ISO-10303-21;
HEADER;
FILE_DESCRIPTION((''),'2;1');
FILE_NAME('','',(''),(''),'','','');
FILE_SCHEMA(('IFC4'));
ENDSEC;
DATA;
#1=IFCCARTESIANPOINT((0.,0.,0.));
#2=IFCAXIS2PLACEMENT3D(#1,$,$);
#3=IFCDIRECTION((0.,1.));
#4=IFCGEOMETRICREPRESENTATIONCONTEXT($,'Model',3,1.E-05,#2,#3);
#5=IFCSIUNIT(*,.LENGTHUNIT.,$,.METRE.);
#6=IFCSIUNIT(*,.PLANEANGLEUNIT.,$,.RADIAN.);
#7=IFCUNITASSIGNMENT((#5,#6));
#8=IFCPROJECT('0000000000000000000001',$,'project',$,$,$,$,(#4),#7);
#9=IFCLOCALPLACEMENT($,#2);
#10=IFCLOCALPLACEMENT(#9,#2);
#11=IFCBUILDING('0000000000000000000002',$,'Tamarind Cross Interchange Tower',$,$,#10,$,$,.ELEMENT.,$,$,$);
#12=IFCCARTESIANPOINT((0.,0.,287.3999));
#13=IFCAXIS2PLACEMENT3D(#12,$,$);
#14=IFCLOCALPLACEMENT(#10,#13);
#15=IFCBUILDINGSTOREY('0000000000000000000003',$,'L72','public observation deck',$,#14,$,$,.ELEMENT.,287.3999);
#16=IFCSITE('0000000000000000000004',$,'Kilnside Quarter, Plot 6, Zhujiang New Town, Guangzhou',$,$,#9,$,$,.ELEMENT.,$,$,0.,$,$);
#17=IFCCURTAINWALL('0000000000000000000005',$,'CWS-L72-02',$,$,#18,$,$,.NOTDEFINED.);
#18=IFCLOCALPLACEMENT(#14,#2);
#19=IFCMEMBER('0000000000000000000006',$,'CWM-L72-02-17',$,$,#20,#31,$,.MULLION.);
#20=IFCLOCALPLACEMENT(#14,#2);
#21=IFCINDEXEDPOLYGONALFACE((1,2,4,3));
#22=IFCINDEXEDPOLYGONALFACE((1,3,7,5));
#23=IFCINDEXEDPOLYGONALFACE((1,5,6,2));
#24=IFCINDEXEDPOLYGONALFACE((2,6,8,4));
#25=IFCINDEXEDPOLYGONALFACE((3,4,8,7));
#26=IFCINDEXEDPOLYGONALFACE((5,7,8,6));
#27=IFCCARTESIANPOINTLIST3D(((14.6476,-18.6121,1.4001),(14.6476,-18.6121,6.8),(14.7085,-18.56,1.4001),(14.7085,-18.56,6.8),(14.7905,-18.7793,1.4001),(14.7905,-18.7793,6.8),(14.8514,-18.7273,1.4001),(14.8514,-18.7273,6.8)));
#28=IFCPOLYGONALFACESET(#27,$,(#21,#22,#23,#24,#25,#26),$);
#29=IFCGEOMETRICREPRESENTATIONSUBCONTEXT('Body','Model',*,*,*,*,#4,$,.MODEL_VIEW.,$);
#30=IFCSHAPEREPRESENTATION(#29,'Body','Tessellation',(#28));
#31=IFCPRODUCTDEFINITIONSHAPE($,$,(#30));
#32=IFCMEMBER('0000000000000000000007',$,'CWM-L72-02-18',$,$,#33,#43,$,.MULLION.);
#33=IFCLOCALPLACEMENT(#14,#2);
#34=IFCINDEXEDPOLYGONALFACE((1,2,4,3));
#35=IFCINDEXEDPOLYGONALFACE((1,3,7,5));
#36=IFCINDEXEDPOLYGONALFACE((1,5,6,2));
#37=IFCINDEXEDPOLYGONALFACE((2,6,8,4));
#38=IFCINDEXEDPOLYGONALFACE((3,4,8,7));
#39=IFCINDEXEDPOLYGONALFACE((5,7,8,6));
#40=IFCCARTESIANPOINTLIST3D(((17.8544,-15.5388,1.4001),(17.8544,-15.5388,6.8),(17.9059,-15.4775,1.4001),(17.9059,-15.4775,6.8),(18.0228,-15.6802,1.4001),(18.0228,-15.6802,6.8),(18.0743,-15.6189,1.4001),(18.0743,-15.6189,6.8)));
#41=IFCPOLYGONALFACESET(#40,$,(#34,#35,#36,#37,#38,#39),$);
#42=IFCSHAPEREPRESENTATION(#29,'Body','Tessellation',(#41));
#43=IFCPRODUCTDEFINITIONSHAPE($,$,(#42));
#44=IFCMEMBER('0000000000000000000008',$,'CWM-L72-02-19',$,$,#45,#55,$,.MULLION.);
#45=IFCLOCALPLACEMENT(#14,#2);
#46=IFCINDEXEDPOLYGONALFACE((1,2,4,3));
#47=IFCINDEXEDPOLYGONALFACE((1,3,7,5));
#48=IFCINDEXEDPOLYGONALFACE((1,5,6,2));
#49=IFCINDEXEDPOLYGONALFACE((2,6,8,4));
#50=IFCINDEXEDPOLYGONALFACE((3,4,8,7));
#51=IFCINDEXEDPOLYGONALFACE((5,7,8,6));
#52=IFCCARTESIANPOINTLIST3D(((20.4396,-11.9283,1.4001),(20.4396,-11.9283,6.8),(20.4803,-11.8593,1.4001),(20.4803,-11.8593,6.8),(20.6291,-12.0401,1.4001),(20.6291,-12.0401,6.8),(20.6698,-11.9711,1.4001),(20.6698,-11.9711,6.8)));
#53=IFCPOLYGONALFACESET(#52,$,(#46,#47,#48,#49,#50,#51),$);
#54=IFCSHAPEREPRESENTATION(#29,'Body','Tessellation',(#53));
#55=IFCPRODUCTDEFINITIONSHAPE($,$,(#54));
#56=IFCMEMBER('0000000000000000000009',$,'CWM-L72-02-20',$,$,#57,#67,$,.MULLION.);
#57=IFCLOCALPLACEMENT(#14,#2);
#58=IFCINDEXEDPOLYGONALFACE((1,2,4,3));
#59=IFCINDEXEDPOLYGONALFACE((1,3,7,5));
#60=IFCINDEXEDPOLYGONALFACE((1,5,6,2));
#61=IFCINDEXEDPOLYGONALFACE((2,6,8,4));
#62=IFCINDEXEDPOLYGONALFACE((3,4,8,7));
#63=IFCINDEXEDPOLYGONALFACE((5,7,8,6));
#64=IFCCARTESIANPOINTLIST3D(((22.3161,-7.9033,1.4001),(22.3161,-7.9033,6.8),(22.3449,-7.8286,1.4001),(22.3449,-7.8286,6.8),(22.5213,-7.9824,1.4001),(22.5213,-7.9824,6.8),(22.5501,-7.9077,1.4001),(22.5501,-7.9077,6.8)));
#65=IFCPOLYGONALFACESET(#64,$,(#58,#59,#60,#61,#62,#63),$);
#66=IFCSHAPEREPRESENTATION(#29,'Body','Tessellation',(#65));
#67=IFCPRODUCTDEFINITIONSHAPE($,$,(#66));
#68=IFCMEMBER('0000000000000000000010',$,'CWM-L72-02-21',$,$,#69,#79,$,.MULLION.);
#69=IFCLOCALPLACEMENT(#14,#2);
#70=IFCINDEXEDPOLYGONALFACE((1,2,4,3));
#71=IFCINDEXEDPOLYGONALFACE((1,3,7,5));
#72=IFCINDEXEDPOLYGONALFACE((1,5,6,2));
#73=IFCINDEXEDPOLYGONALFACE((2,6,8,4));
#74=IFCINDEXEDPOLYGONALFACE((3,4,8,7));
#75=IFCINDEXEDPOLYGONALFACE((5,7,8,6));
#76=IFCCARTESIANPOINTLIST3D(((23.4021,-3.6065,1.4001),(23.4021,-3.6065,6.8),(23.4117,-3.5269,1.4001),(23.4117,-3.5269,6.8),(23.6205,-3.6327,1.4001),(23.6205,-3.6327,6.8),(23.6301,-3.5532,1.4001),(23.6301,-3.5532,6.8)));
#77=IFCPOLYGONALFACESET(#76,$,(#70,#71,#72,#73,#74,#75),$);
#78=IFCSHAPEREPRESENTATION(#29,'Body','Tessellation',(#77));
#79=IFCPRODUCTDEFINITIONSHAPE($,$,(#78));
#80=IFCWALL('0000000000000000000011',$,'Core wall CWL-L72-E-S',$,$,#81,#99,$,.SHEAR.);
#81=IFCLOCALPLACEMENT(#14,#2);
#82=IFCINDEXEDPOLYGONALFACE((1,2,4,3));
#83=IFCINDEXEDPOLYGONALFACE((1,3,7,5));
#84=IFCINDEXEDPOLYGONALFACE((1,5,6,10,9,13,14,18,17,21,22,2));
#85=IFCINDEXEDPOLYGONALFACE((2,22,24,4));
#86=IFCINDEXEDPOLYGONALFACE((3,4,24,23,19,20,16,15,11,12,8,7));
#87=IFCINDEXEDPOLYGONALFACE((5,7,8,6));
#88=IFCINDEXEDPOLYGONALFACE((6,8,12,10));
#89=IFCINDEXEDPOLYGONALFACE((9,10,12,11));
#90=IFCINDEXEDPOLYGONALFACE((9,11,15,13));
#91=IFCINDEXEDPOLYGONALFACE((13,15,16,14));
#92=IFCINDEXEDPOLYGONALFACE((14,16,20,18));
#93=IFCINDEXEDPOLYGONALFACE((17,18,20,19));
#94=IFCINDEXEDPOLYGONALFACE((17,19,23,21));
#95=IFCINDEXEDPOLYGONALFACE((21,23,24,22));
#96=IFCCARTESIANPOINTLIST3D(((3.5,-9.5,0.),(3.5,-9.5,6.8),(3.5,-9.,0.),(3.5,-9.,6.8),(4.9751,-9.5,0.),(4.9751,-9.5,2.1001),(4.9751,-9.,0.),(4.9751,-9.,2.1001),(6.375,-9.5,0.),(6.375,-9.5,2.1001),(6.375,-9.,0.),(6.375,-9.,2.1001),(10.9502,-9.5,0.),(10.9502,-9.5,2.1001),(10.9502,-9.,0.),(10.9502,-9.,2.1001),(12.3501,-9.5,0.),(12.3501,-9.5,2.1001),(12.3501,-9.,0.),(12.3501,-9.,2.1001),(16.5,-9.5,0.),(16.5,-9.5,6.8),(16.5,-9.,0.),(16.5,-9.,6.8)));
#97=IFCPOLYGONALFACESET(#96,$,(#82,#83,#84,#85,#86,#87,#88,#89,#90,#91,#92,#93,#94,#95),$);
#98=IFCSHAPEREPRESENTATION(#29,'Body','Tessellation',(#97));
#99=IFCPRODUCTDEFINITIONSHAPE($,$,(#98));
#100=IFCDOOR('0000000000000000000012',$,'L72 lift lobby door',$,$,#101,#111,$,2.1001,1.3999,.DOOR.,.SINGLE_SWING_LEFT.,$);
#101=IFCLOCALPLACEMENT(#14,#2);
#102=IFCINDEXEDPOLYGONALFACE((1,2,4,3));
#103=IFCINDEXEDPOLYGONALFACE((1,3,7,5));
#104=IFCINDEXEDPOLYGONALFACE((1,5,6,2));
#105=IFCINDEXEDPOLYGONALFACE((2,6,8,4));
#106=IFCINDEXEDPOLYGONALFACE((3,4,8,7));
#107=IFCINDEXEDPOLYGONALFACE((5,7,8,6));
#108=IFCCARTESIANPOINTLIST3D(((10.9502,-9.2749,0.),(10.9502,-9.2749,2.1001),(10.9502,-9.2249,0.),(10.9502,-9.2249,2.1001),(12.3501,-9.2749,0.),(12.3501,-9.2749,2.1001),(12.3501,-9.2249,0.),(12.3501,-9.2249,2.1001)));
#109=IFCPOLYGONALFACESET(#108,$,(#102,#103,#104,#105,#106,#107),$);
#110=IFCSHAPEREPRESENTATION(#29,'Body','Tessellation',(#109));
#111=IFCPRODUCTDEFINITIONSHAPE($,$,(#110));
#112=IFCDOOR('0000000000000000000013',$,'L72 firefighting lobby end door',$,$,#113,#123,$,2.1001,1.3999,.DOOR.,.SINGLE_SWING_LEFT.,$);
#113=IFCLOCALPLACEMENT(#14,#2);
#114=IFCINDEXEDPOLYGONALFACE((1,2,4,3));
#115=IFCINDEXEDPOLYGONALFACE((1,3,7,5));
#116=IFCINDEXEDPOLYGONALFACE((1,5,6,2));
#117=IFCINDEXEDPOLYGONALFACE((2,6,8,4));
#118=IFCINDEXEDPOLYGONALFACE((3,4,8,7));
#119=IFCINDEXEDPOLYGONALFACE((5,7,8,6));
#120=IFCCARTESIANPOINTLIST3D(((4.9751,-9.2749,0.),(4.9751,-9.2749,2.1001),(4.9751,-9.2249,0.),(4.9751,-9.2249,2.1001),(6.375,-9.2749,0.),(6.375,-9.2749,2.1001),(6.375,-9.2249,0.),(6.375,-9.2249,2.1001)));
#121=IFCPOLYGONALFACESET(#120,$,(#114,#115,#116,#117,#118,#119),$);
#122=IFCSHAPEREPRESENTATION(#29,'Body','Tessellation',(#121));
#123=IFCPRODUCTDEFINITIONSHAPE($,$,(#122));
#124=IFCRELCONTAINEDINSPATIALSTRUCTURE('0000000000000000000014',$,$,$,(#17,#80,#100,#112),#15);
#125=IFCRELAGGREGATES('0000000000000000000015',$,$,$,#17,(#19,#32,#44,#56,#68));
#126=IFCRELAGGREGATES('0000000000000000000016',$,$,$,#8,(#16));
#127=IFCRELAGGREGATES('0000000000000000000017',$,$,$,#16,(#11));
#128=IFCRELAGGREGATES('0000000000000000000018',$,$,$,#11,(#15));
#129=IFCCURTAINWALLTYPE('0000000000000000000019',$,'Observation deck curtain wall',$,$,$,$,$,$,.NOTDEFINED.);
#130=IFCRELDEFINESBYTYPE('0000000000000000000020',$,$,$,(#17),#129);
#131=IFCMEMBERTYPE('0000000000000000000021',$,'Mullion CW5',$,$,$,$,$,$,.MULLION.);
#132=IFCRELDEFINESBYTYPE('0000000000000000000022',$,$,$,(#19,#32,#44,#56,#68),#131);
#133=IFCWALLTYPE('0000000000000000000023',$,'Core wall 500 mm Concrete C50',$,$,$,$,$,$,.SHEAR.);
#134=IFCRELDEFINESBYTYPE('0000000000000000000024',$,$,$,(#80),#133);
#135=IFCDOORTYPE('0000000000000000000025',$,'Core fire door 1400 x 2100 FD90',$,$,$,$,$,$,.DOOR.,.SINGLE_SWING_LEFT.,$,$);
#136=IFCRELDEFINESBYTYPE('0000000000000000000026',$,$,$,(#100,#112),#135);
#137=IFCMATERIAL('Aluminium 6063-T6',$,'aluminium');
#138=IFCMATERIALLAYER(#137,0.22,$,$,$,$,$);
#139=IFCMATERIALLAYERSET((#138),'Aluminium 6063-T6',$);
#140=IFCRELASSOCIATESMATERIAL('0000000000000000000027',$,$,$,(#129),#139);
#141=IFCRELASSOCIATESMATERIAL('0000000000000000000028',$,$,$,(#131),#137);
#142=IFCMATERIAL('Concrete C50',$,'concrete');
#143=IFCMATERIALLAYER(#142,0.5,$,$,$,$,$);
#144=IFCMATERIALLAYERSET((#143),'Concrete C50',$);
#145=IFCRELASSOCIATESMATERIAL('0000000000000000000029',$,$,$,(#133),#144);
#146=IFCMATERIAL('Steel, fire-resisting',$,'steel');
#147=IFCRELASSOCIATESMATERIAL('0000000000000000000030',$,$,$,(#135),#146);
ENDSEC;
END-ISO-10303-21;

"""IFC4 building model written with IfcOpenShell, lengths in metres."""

from ifc_helpers import new_model, si_unit, direction, frame, frame_2d, origin, origin_2d, place, context, subcontext, project, spatial, rectangle, extrude, material, layer, layer_set, material_profile, profile_set, type_object, element, fill, aggregate, save


model = new_model("IFC4")

# Units and contexts
model_context = context("Model", 3, precision=1e-05, world=origin(), true_north=direction((0.0, 1.0)))
body_context = subcontext(model_context, "Body", "Model", "MODEL_VIEW")
ifc_project = project(units=[si_unit("LENGTHUNIT", "METRE"), si_unit("PLANEANGLEUNIT", "RADIAN")], contexts=[model_context])

# Site, building, storey
site_placement = place(None, origin())
site = spatial("IfcSite", under=ifc_project, at=site_placement, Name="Kilnside Quarter, Plot 6, Zhujiang New Town, Guangzhou", CompositionType="ELEMENT", RefElevation=0.0)
building_placement = place(site_placement, origin())
building = spatial("IfcBuilding", under=site, at=building_placement, Name="Tamarind Cross Interchange Tower", CompositionType="ELEMENT")
storey_placement = place(building_placement, frame((0.0, 0.0, 287.3999)))
storey = spatial("IfcBuildingStorey", under=building, at=storey_placement, Name="L72", Description="public observation deck", CompositionType="ELEMENT", Elevation=287.3999)

# Curtain wall, members
ifc_material_1 = material(Name="Aluminium 6063-T6", Category="aluminium")
ifc_layer_1 = layer(ifc_material_1, 0.22)
ifc_layer_set_1 = layer_set([ifc_layer_1], Name="Aluminium 6063-T6")
curtain_wall_type = type_object("IfcCurtainWallType", Name="Observation deck curtain wall", PredefinedType="NOTDEFINED", material=ifc_layer_set_1)
curtain_wall_placement = place(storey_placement, origin())
curtain_wall = element("IfcCurtainWall", 1, at=curtain_wall_placement, inside=storey, type_object=curtain_wall_type, Name="CWS-L72-02", PredefinedType="NOTDEFINED")
ifc_material_profile_1 = material_profile(ifc_material_1, rectangle(XDim=0.0801, YDim=0.22, at=origin_2d()), Name="Mullion CW5")
ifc_profile_set_1 = profile_set([ifc_material_profile_1], Name="Aluminium 6063-T6")
member_type = type_object("IfcMemberType", Name="Mullion CW5", PredefinedType="MULLION", material=ifc_profile_set_1)
member_1_placement = place(storey_placement, frame((14.7495, -18.6697, 1.4001), z_axis=(0.0, 0.0, 1.0), x_axis=(0.760296, 0.649577, 0.0)))
member_1 = element("IfcMember", 2, at=member_1_placement, type_object=member_type, Name="CWM-L72-02-17", PredefinedType="MULLION", context=body_context, shape_type="SweptSolid", body=[
    extrude(rectangle(XDim=0.0801, YDim=0.22, at=origin_2d()), origin(), (0.0, 0.0, 1.0), 5.3999),
])
member_2_placement = place(storey_placement, frame((17.9644, -15.5789, 1.4001), z_axis=(0.0, 0.0, 1.0), x_axis=(0.643009, 0.765858, 0.0)))
member_2 = element("IfcMember", 3, at=member_2_placement, type_object=member_type, Name="CWM-L72-02-18", PredefinedType="MULLION", context=body_context, shape_type="SweptSolid", body=[
    extrude(rectangle(XDim=0.0801, YDim=0.22, at=origin_2d()), origin(), (0.0, 0.0, 1.0), 5.3999),
])
member_3_placement = place(storey_placement, frame((20.5547, -11.9497, 1.4001), z_axis=(0.0, 0.0, 1.0), x_axis=(0.508183, 0.861249, 0.0)))
member_3 = element("IfcMember", 4, at=member_3_placement, type_object=member_type, Name="CWM-L72-02-19", PredefinedType="MULLION", context=body_context, shape_type="SweptSolid", body=[
    extrude(rectangle(XDim=0.0801, YDim=0.22, at=origin_2d()), origin(), (0.0, 0.0, 1.0), 5.3999),
])
member_4_placement = place(storey_placement, frame((22.4331, -7.9055, 1.4001), z_axis=(0.0, 0.0, 1.0), x_axis=(0.359495, 0.933147, 0.0)))
member_4 = element("IfcMember", 5, at=member_4_placement, type_object=member_type, Name="CWM-L72-02-20", PredefinedType="MULLION", context=body_context, shape_type="SweptSolid", body=[
    extrude(rectangle(XDim=0.0801, YDim=0.22, at=origin_2d()), origin(), (0.0, 0.0, 1.0), 5.3999),
])
member_5_placement = place(storey_placement, frame((23.5161, -3.5798, 1.4001), z_axis=(0.0, 0.0, 1.0), x_axis=(0.119421, 0.992844, 0.0)))
member_5 = element("IfcMember", 6, at=member_5_placement, type_object=member_type, Name="CWM-L72-02-21", PredefinedType="MULLION", context=body_context, shape_type="SweptSolid", body=[
    extrude(rectangle(XDim=0.0801, YDim=0.22, at=origin_2d()), origin(), (0.0, 0.0, 1.0), 5.3999),
])
aggregate(curtain_wall, [member_1, member_2, member_3, member_4, member_5])

# Wall, openings, doors
ifc_material_2 = material(Name="Concrete C50", Category="concrete")
ifc_layer_2 = layer(ifc_material_2, 0.5)
ifc_layer_set_2 = layer_set([ifc_layer_2], Name="Concrete C50")
wall_type_1 = type_object("IfcWallType", Name="Core wall 500 mm Concrete C50", PredefinedType="SHEAR", material=ifc_layer_set_2)
wall_1_placement = place(storey_placement, frame((16.5, -9.25, 0.0), z_axis=(0.0, 0.0, 1.0), x_axis=(-1.0, 0.0, 0.0)))
wall_1 = element("IfcWall", 7, at=wall_1_placement, inside=storey, type_object=wall_type_1, Name="Core wall CWL-L72-E-S", PredefinedType="SHEAR", context=body_context, shape_type="SweptSolid", body=[
    extrude(rectangle(XDim=13.0, YDim=0.5, at=frame_2d((6.5, 0.0))), origin(), (0.0, 0.0, 1.0), 6.8),
])
opening_1_placement = place(wall_1_placement, frame((4.1499, 0.0, 0.0)))
opening_1 = element("IfcOpeningElement", 8, at=opening_1_placement, cuts=wall_1, PredefinedType="OPENING", context=body_context, shape_type="SweptSolid", body=[
    extrude(rectangle(XDim=1.3999, YDim=2.1001, at=frame_2d((0.7, 1.05))), frame((0.0, 0.26, 0.0), z_axis=(0.0, -1.0, 0.0), x_axis=(1.0, 0.0, 0.0)), (0.0, 0.0, 1.0), 0.52),
])
opening_2_placement = place(wall_1_placement, frame((10.125, 0.0, 0.0)))
opening_2 = element("IfcOpeningElement", 9, at=opening_2_placement, cuts=wall_1, PredefinedType="OPENING", context=body_context, shape_type="SweptSolid", body=[
    extrude(rectangle(XDim=1.3999, YDim=2.1001, at=frame_2d((0.7, 1.05))), frame((0.0, 0.26, 0.0), z_axis=(0.0, -1.0, 0.0), x_axis=(1.0, 0.0, 0.0)), (0.0, 0.0, 1.0), 0.52),
])
ifc_material_3 = material(Name="Steel, fire-resisting", Category="steel")
door_type_1 = type_object("IfcDoorType", Name="Core fire door 1400 x 2100 FD90", OperationType="SINGLE_SWING_LEFT", PredefinedType="DOOR", material=ifc_material_3)
door_1_placement = place(opening_1_placement, origin())
door_1 = element("IfcDoor", 10, at=door_1_placement, inside=storey, type_object=door_type_1, Name="L72 lift lobby door", OperationType="SINGLE_SWING_LEFT", OverallHeight=2.1001, OverallWidth=1.3999, PredefinedType="DOOR", context=body_context, shape_type="SweptSolid", body=[
    extrude(rectangle(XDim=1.3999, YDim=2.1001, at=frame_2d((0.7, 1.05))), frame((0.0, 0.0249, 0.0), z_axis=(0.0, -1.0, 0.0), x_axis=(1.0, 0.0, 0.0)), (0.0, 0.0, 1.0), 0.05),
])
fill(opening_1, door_1)
door_2_placement = place(opening_2_placement, origin())
door_2 = element("IfcDoor", 11, at=door_2_placement, inside=storey, type_object=door_type_1, Name="L72 firefighting lobby end door", OperationType="SINGLE_SWING_LEFT", OverallHeight=2.1001, OverallWidth=1.3999, PredefinedType="DOOR", context=body_context, shape_type="SweptSolid", body=[
    extrude(rectangle(XDim=1.3999, YDim=2.1001, at=frame_2d((0.7, 1.05))), frame((0.0, 0.0249, 0.0), z_axis=(0.0, -1.0, 0.0), x_axis=(1.0, 0.0, 0.0)), (0.0, 0.0, 1.0), 0.05),
])
fill(opening_2, door_2)

save(model, "model.ifc")
